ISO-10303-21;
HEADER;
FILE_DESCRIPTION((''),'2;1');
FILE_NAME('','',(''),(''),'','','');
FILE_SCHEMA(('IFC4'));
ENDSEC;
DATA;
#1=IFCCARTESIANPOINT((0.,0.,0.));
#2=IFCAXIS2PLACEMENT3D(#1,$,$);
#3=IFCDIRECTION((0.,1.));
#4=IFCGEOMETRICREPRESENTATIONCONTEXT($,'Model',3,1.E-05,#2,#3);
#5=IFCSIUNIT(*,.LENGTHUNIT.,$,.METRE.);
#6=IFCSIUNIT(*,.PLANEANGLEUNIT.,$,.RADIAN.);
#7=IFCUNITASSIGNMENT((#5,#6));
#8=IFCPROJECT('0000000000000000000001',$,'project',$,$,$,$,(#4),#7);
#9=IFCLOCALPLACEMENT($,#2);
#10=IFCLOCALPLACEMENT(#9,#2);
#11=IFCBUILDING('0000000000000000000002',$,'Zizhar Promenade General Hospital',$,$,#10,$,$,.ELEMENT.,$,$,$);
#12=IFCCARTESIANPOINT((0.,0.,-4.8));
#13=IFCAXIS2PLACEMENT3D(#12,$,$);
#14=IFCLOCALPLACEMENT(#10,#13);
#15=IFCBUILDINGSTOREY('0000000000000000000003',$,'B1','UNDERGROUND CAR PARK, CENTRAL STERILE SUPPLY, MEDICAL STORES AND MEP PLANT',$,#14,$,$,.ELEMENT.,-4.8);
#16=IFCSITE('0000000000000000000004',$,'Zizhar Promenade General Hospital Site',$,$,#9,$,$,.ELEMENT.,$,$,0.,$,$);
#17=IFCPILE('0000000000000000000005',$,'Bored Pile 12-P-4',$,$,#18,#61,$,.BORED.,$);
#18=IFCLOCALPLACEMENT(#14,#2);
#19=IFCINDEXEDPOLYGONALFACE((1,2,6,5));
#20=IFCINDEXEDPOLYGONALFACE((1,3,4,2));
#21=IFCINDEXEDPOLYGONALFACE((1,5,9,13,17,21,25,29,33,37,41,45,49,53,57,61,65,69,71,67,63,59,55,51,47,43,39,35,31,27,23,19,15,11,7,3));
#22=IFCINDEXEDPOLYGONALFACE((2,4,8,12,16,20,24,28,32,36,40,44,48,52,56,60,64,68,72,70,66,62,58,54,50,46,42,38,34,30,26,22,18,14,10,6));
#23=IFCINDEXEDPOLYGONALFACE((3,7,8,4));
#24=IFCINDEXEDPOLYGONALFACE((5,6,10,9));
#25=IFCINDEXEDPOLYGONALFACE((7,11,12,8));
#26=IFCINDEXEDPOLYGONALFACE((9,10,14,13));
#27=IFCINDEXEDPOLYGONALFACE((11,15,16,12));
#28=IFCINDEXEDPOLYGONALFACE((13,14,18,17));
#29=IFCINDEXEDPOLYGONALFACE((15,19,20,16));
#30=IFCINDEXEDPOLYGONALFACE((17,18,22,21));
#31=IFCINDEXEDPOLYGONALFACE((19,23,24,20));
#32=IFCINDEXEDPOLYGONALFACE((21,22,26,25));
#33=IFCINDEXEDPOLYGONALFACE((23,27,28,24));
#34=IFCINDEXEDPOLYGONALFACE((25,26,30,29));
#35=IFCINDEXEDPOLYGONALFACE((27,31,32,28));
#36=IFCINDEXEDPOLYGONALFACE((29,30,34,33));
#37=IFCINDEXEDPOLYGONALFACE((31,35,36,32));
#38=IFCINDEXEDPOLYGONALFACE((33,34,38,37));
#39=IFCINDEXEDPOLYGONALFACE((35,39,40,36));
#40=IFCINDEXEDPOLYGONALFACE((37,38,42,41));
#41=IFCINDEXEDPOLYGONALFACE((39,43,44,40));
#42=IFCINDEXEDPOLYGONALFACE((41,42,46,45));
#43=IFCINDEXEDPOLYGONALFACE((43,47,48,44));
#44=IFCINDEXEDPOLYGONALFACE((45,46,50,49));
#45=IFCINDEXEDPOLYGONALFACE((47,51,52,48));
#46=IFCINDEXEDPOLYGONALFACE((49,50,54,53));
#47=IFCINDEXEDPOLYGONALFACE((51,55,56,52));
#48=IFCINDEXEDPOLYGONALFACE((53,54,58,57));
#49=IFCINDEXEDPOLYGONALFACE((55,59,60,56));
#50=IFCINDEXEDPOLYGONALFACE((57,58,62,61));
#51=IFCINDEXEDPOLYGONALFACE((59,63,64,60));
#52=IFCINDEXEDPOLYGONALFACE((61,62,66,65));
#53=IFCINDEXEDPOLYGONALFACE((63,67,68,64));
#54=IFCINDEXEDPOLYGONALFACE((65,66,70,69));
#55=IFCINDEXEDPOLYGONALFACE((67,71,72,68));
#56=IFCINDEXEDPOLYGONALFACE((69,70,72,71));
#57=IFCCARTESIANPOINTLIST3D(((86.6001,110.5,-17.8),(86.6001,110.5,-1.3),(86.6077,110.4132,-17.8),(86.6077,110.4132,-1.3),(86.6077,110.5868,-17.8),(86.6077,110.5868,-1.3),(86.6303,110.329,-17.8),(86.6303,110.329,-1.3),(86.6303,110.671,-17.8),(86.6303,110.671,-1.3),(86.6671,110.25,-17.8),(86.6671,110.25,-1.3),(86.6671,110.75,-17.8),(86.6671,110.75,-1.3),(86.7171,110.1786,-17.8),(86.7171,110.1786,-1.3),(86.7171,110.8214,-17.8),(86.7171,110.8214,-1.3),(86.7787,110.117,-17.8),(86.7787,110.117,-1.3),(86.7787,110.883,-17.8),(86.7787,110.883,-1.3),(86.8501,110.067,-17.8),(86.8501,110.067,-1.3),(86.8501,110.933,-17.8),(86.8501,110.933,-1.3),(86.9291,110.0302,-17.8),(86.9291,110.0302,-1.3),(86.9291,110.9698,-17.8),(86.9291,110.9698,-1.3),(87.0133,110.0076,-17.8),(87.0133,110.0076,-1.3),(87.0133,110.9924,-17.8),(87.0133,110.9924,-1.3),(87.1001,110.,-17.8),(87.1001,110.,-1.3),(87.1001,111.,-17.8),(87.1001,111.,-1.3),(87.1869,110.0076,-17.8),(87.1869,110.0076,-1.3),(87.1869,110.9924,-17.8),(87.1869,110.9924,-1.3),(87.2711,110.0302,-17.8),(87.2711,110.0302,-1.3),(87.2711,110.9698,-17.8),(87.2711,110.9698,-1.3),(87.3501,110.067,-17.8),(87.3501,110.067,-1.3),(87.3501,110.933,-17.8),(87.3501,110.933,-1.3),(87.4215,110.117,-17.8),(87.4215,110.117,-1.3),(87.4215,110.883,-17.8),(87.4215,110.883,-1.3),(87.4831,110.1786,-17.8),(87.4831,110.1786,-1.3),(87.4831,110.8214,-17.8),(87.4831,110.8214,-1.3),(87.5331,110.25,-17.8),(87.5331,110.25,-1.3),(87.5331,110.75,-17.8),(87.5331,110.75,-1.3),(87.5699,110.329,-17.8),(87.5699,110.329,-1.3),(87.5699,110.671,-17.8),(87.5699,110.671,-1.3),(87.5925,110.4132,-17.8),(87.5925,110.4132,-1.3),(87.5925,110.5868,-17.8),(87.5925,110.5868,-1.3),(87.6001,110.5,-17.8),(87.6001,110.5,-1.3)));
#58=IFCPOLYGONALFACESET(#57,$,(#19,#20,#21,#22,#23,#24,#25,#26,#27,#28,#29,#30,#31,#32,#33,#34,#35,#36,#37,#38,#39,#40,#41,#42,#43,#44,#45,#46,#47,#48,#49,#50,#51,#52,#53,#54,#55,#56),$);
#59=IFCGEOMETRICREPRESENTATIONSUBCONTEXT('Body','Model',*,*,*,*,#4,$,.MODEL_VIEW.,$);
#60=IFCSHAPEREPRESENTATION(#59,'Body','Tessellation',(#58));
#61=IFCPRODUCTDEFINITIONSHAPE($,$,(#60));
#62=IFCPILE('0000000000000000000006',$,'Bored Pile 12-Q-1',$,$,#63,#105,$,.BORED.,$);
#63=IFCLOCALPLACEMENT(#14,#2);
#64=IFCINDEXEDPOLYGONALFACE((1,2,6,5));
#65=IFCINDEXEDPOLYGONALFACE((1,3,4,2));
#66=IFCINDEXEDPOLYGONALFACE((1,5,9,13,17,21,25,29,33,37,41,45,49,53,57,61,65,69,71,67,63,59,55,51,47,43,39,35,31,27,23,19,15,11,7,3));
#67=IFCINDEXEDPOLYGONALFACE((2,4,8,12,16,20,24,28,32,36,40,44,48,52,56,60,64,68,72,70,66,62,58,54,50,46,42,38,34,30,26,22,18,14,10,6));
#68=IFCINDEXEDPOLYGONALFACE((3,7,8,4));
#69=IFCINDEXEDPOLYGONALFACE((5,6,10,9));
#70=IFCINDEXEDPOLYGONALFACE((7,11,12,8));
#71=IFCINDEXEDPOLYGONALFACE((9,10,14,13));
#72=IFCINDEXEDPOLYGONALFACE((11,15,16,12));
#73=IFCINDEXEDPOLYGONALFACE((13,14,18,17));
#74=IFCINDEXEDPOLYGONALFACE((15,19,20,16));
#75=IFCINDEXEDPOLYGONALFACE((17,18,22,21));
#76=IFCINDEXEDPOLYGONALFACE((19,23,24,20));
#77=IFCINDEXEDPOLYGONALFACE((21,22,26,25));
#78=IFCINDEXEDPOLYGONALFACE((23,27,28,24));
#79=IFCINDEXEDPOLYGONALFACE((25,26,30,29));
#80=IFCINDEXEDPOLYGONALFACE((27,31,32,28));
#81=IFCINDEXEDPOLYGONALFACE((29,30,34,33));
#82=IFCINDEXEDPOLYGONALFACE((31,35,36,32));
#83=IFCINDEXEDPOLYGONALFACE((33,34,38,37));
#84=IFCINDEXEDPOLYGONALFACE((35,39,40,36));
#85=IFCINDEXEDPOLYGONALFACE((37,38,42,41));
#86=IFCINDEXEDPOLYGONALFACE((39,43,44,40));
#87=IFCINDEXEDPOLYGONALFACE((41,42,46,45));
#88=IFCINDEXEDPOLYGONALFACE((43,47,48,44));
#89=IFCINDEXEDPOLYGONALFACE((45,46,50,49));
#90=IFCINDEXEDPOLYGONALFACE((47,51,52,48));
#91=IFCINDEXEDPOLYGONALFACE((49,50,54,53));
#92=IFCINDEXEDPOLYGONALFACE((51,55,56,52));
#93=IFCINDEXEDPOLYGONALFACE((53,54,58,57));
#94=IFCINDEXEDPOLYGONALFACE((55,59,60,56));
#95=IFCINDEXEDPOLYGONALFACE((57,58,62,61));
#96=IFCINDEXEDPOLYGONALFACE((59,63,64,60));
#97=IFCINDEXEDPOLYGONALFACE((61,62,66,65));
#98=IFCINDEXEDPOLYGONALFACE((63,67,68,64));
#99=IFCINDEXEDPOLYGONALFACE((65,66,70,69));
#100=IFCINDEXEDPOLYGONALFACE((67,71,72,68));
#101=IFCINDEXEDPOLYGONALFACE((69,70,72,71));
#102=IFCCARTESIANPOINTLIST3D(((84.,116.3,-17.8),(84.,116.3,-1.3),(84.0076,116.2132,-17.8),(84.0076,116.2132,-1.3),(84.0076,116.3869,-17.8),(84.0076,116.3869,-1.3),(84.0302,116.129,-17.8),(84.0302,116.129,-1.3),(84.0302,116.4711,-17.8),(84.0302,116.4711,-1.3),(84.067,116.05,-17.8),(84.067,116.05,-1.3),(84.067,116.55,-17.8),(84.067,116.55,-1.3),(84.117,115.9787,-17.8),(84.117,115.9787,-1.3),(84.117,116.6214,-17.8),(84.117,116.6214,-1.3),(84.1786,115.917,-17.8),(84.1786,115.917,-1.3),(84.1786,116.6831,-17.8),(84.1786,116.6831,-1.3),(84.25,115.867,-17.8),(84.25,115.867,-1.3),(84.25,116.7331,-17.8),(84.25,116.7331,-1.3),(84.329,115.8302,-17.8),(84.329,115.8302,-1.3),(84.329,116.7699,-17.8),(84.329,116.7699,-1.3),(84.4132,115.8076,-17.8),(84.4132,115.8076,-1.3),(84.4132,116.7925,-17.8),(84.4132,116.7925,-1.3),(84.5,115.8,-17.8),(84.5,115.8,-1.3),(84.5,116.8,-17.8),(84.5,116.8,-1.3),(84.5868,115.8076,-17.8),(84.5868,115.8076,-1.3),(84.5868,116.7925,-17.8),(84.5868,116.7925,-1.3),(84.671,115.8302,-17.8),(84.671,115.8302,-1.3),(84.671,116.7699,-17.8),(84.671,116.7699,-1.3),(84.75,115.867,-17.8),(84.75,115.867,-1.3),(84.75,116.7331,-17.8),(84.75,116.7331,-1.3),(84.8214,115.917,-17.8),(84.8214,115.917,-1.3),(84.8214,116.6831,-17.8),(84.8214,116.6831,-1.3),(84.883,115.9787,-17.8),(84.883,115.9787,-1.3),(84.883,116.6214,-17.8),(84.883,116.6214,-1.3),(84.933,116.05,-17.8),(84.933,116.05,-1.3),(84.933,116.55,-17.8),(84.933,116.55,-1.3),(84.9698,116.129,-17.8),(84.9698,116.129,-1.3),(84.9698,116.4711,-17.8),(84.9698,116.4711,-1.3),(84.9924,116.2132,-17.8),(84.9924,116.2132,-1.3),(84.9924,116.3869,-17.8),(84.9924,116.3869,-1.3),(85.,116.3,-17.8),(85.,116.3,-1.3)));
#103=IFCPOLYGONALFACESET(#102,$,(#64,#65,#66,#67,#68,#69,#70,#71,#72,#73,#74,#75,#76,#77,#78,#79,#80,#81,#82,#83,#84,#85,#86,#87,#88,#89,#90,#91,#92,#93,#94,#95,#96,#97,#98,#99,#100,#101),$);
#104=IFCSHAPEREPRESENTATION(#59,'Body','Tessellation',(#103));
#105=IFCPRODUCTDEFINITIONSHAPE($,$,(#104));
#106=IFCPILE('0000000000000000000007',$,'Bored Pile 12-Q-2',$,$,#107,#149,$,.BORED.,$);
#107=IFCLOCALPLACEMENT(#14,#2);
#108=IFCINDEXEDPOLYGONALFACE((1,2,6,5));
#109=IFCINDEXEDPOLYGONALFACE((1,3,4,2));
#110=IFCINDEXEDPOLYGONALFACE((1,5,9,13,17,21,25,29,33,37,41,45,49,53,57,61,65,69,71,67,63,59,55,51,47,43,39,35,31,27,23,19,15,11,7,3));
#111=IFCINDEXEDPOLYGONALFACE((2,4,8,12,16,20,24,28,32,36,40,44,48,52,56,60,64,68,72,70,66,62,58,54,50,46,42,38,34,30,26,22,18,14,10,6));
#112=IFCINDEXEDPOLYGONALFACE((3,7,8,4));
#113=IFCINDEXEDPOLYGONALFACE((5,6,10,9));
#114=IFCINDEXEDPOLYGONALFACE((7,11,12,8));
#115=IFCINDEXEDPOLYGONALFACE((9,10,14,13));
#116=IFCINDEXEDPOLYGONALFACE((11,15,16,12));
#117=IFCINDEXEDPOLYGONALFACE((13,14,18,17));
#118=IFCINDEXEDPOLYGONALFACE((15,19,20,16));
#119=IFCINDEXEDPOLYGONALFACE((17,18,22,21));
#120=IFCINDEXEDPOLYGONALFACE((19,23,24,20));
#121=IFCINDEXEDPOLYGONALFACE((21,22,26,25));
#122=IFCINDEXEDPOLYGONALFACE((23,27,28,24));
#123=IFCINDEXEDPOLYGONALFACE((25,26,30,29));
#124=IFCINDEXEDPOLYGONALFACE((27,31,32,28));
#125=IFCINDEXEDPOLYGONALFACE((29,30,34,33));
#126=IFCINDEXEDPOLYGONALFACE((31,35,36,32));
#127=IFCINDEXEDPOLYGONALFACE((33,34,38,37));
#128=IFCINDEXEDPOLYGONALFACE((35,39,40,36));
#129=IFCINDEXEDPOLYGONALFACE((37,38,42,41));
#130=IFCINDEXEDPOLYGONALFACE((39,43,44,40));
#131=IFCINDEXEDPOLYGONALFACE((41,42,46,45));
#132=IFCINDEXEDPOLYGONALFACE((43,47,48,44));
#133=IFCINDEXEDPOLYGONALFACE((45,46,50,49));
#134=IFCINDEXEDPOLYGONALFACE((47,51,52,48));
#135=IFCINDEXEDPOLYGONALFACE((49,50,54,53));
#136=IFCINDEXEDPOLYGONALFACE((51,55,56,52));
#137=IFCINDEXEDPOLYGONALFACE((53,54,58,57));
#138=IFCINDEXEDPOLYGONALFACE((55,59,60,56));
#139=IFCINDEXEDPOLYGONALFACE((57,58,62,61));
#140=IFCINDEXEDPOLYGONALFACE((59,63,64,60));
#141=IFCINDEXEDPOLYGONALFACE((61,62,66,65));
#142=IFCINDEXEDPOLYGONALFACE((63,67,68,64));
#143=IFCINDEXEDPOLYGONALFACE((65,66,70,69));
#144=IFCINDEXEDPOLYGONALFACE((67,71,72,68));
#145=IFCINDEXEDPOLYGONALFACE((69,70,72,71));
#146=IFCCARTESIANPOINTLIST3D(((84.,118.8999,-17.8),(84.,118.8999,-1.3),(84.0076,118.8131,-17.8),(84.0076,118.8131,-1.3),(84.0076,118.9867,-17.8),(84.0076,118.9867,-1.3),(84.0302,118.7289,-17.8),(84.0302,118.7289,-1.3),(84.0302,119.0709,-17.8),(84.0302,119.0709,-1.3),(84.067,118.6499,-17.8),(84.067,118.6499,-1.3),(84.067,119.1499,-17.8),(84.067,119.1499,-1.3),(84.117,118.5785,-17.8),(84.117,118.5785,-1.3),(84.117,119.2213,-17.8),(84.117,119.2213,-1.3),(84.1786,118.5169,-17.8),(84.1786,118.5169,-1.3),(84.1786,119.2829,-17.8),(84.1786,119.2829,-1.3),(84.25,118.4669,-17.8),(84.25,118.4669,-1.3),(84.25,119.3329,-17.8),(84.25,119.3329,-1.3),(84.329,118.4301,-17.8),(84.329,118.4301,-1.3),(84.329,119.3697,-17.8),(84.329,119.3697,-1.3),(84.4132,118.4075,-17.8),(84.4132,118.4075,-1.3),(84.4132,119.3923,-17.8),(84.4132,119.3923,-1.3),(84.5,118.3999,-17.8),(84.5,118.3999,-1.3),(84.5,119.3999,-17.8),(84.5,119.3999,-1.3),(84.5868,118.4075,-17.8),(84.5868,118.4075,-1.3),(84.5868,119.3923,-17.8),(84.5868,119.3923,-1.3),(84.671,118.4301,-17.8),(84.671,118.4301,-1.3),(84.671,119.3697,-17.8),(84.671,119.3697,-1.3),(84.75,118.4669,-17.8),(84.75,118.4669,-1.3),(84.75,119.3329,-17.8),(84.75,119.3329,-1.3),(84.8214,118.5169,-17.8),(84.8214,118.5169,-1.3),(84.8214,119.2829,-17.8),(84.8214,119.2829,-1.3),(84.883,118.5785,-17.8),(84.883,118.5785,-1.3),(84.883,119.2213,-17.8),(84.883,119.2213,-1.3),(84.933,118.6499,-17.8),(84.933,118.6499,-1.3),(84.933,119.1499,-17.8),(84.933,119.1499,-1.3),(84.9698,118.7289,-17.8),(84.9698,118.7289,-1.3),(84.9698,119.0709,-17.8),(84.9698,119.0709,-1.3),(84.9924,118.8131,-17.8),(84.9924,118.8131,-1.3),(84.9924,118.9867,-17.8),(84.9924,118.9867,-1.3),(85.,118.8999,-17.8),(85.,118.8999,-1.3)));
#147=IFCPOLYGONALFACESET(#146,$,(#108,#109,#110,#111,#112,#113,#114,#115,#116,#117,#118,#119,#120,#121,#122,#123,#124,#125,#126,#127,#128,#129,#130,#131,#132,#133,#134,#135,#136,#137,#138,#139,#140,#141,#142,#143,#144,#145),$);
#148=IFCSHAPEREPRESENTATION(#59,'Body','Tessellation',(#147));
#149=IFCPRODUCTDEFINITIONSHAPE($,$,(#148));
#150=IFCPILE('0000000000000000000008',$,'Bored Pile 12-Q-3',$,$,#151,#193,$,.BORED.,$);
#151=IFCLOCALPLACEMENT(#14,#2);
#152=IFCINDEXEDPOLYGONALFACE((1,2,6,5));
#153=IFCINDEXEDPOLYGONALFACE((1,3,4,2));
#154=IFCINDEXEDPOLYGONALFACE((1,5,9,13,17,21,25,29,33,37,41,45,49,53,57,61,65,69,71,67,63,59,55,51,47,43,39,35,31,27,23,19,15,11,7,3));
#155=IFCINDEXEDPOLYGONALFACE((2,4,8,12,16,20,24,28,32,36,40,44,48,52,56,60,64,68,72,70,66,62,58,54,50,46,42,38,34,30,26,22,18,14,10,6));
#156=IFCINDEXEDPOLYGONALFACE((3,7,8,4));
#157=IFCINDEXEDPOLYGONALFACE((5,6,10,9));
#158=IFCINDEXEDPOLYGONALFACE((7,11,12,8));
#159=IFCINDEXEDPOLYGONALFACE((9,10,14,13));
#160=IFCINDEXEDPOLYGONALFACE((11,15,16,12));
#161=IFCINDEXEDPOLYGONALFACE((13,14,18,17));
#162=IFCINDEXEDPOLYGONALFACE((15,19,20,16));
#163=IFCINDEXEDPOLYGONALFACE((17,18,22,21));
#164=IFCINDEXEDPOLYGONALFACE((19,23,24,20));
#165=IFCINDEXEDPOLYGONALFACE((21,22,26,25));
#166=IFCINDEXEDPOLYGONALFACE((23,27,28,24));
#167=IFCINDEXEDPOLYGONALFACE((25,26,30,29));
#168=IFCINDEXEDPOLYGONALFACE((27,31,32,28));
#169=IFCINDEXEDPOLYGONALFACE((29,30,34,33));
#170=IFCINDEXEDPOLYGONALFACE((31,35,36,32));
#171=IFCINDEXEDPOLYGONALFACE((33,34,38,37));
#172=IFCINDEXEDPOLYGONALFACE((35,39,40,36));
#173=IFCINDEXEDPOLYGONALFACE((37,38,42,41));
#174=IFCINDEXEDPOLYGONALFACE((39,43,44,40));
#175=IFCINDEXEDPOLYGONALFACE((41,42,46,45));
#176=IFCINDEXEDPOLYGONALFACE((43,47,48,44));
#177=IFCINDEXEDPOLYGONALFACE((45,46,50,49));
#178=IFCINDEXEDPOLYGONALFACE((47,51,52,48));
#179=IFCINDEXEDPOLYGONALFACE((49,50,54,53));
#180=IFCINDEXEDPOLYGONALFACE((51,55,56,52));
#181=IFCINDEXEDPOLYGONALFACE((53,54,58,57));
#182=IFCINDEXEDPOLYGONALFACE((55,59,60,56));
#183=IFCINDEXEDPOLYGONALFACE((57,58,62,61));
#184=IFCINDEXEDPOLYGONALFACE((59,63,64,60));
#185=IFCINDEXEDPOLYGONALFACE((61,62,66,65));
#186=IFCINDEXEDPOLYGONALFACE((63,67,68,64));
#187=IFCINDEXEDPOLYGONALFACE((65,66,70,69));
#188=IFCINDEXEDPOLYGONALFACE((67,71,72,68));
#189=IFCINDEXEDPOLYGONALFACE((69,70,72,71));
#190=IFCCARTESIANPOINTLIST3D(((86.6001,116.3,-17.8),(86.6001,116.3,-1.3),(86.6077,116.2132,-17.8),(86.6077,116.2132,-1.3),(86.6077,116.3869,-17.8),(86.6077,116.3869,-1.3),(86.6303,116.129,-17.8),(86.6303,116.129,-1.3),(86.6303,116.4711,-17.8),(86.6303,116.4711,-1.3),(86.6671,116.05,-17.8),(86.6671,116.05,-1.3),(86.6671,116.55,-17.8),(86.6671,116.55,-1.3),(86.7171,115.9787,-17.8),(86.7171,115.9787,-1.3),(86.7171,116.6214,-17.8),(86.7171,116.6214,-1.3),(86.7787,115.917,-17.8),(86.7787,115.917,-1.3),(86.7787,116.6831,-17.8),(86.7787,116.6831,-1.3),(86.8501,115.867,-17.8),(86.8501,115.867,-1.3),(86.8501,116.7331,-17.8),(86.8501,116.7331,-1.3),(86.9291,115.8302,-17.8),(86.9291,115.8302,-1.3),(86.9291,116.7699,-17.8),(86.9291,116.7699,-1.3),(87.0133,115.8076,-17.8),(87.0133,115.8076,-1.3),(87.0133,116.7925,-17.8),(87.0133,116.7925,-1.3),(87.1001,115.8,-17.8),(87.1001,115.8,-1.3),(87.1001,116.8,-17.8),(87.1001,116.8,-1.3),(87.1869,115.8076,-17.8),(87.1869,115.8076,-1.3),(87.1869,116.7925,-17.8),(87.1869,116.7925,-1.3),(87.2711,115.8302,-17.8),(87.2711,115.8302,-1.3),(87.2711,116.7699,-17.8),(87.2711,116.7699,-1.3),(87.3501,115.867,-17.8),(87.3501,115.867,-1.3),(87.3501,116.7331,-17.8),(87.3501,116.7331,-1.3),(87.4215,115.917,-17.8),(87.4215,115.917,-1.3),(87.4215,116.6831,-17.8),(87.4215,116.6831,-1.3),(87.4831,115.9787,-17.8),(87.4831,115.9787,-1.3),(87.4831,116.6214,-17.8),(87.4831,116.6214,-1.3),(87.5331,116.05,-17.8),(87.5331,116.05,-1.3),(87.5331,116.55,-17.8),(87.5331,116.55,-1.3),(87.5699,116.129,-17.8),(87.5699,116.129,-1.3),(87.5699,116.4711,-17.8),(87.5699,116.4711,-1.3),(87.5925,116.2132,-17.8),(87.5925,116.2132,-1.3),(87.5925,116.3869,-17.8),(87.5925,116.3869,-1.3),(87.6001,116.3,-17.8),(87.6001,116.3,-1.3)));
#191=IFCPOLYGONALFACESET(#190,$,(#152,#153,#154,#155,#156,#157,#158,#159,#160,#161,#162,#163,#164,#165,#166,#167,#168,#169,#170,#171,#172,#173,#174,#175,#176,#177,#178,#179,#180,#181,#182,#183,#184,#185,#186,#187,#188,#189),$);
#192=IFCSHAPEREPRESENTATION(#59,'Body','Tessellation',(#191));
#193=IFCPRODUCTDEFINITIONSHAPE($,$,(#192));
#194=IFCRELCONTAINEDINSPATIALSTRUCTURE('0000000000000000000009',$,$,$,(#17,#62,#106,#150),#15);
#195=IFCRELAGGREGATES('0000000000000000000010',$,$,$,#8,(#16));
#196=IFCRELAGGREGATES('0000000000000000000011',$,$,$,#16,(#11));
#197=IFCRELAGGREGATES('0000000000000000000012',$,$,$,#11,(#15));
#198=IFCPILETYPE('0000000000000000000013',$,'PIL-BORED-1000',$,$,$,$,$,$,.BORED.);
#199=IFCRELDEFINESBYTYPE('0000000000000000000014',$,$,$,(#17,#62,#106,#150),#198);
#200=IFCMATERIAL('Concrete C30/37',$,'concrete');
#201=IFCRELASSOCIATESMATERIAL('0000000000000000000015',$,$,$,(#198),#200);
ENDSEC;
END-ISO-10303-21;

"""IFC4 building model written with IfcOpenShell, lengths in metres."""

from ifc_helpers import new_model, si_unit, direction, frame, origin, origin_2d, place, context, subcontext, project, spatial, circle, extrude, material, material_profile, profile_set, type_object, element, save


model = new_model("IFC4")

# Units and contexts
model_context = context("Model", 3, precision=1e-05, world=origin(), true_north=direction((0.0, 1.0)))
body_context = subcontext(model_context, "Body", "Model", "MODEL_VIEW")
ifc_project = project(units=[si_unit("LENGTHUNIT", "METRE"), si_unit("PLANEANGLEUNIT", "RADIAN")], contexts=[model_context])

# Site, building, storey
site_placement = place(None, origin())
site = spatial("IfcSite", under=ifc_project, at=site_placement, Name="Zizhar Promenade General Hospital Site", CompositionType="ELEMENT", RefElevation=0.0)
building_placement = place(site_placement, origin())
building = spatial("IfcBuilding", under=site, at=building_placement, Name="Zizhar Promenade General Hospital", CompositionType="ELEMENT")
storey_placement = place(building_placement, frame((0.0, 0.0, -4.8)))
storey = spatial("IfcBuildingStorey", under=building, at=storey_placement, Name="B1", Description="UNDERGROUND CAR PARK, CENTRAL STERILE SUPPLY, MEDICAL STORES AND MEP PLANT", CompositionType="ELEMENT", Elevation=-4.8)

# Piles
ifc_material_1 = material(Name="Concrete C30/37", Category="concrete")
ifc_material_profile_1 = material_profile(ifc_material_1, circle(Radius=0.5, at=origin_2d()))
ifc_profile_set_1 = profile_set([ifc_material_profile_1], Name="Concrete C30/37")
pile_type = type_object("IfcPileType", Name="PIL-BORED-1000", PredefinedType="BORED", material=ifc_profile_set_1)
for number, where, z_axis, x_axis, name in (
    (1, (87.1001, 110.5, -1.3), (0.0, 0.0, -1.0), (1.0, 0.0, 0.0), "Bored Pile 12-P-4"),
    (2, (84.5, 116.3, -1.3), (0.0, 0.0, -1.0), (1.0, 0.0, 0.0), "Bored Pile 12-Q-1"),
    (3, (84.5, 118.8999, -1.3), (0.0, 0.0, -1.0), (1.0, 0.0, 0.0), "Bored Pile 12-Q-2"),
    (4, (87.1001, 116.3, -1.3), (0.0, 0.0, -1.0), (1.0, 0.0, 0.0), "Bored Pile 12-Q-3"),
):
    element("IfcPile", number, at=place(storey_placement, frame(where, z_axis=z_axis, x_axis=x_axis)), inside=storey, type_object=pile_type, Name=name, PredefinedType="BORED", context=body_context, shape_type="SweptSolid", body=[
        extrude(circle(Radius=0.5, at=origin_2d()), origin(), (0.0, 0.0, 1.0), 16.5),
    ])

save(model, "model.ifc")
